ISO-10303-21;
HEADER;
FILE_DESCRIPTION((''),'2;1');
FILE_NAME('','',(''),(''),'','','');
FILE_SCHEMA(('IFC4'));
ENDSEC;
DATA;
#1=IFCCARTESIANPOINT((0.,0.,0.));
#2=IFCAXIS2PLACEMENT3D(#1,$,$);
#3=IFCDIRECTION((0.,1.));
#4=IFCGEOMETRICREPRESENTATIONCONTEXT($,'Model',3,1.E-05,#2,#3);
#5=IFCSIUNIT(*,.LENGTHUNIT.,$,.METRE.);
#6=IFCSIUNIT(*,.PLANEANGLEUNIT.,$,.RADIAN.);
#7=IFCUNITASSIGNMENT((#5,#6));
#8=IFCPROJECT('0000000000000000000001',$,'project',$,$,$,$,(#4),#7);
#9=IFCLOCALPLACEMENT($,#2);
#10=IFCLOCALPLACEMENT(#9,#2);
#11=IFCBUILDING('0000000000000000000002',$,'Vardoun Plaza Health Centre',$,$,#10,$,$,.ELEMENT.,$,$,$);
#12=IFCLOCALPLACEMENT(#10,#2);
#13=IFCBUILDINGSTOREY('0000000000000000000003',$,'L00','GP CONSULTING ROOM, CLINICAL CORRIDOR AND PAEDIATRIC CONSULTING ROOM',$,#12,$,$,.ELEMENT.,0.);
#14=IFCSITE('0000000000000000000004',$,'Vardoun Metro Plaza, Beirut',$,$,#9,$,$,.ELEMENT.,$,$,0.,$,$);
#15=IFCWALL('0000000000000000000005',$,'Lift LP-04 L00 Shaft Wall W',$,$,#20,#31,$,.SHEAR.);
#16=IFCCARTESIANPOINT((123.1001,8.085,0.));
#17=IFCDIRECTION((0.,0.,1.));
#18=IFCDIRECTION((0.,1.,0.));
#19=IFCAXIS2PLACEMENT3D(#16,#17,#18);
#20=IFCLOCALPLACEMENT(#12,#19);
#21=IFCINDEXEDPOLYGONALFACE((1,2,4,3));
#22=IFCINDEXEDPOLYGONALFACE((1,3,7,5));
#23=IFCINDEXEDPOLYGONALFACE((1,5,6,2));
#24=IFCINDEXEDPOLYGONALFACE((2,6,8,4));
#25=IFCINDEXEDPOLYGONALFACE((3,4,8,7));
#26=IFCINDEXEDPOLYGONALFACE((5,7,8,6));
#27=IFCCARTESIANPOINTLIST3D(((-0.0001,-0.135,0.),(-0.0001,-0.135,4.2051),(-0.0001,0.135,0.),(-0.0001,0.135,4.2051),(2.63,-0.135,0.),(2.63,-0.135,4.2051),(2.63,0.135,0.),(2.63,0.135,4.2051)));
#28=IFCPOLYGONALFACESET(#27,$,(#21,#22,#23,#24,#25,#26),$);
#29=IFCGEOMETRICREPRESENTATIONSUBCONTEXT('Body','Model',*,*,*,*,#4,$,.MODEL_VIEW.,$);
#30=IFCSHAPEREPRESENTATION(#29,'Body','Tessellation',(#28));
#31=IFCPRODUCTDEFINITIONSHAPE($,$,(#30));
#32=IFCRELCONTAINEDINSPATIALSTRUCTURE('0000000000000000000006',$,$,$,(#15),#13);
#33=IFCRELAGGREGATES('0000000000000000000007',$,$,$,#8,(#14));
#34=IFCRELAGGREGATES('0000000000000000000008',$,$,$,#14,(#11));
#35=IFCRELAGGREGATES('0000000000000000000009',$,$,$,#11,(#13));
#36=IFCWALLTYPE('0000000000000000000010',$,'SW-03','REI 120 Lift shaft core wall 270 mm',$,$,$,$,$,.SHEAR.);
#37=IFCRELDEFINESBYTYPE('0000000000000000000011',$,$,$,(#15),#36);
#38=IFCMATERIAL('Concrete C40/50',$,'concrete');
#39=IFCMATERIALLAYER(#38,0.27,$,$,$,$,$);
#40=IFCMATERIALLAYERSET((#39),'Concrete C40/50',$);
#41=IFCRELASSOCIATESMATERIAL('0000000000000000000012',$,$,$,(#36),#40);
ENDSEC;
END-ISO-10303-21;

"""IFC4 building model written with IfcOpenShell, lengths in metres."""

from ifc_helpers import new_model, si_unit, direction, frame, frame_2d, origin, place, context, subcontext, project, spatial, rectangle, extrude, material, layer, layer_set, type_object, element, save


model = new_model("IFC4")

# Units and contexts
model_context = context("Model", 3, precision=1e-05, world=origin(), true_north=direction((0.0, 1.0)))
body_context = subcontext(model_context, "Body", "Model", "MODEL_VIEW")
ifc_project = project(units=[si_unit("LENGTHUNIT", "METRE"), si_unit("PLANEANGLEUNIT", "RADIAN")], contexts=[model_context])

# Site, building, storey
site_placement = place(None, origin())
site = spatial("IfcSite", under=ifc_project, at=site_placement, Name="Vardoun Metro Plaza, Beirut", CompositionType="ELEMENT", RefElevation=0.0)
building_placement = place(site_placement, origin())
building = spatial("IfcBuilding", under=site, at=building_placement, Name="Vardoun Plaza Health Centre", CompositionType="ELEMENT")
storey_placement = place(building_placement, origin())
storey = spatial("IfcBuildingStorey", under=building, at=storey_placement, Name="L00", Description="GP CONSULTING ROOM, CLINICAL CORRIDOR AND PAEDIATRIC CONSULTING ROOM", CompositionType="ELEMENT", Elevation=0.0)

# Wall
ifc_material_1 = material(Name="Concrete C40/50", Category="concrete")
ifc_layer_1 = layer(ifc_material_1, 0.27)
ifc_layer_set_1 = layer_set([ifc_layer_1], Name="Concrete C40/50")
wall_type_1 = type_object("IfcWallType", Name="SW-03", Description="REI 120 Lift shaft core wall 270 mm", PredefinedType="SHEAR", material=ifc_layer_set_1)
wall_1_placement = place(storey_placement, frame((123.1001, 8.085, 0.0), z_axis=(0.0, 0.0, 1.0), x_axis=(0.0, 1.0, 0.0)))
element("IfcWall", 1, at=wall_1_placement, inside=storey, type_object=wall_type_1, Name="Lift LP-04 L00 Shaft Wall W", PredefinedType="SHEAR", context=body_context, shape_type="SweptSolid", body=[
    extrude(rectangle(XDim=2.6301, YDim=0.27, at=frame_2d((1.3149, 0.0))), origin(), (0.0, 0.0, 1.0), 4.2051),
])

save(model, "model.ifc")
